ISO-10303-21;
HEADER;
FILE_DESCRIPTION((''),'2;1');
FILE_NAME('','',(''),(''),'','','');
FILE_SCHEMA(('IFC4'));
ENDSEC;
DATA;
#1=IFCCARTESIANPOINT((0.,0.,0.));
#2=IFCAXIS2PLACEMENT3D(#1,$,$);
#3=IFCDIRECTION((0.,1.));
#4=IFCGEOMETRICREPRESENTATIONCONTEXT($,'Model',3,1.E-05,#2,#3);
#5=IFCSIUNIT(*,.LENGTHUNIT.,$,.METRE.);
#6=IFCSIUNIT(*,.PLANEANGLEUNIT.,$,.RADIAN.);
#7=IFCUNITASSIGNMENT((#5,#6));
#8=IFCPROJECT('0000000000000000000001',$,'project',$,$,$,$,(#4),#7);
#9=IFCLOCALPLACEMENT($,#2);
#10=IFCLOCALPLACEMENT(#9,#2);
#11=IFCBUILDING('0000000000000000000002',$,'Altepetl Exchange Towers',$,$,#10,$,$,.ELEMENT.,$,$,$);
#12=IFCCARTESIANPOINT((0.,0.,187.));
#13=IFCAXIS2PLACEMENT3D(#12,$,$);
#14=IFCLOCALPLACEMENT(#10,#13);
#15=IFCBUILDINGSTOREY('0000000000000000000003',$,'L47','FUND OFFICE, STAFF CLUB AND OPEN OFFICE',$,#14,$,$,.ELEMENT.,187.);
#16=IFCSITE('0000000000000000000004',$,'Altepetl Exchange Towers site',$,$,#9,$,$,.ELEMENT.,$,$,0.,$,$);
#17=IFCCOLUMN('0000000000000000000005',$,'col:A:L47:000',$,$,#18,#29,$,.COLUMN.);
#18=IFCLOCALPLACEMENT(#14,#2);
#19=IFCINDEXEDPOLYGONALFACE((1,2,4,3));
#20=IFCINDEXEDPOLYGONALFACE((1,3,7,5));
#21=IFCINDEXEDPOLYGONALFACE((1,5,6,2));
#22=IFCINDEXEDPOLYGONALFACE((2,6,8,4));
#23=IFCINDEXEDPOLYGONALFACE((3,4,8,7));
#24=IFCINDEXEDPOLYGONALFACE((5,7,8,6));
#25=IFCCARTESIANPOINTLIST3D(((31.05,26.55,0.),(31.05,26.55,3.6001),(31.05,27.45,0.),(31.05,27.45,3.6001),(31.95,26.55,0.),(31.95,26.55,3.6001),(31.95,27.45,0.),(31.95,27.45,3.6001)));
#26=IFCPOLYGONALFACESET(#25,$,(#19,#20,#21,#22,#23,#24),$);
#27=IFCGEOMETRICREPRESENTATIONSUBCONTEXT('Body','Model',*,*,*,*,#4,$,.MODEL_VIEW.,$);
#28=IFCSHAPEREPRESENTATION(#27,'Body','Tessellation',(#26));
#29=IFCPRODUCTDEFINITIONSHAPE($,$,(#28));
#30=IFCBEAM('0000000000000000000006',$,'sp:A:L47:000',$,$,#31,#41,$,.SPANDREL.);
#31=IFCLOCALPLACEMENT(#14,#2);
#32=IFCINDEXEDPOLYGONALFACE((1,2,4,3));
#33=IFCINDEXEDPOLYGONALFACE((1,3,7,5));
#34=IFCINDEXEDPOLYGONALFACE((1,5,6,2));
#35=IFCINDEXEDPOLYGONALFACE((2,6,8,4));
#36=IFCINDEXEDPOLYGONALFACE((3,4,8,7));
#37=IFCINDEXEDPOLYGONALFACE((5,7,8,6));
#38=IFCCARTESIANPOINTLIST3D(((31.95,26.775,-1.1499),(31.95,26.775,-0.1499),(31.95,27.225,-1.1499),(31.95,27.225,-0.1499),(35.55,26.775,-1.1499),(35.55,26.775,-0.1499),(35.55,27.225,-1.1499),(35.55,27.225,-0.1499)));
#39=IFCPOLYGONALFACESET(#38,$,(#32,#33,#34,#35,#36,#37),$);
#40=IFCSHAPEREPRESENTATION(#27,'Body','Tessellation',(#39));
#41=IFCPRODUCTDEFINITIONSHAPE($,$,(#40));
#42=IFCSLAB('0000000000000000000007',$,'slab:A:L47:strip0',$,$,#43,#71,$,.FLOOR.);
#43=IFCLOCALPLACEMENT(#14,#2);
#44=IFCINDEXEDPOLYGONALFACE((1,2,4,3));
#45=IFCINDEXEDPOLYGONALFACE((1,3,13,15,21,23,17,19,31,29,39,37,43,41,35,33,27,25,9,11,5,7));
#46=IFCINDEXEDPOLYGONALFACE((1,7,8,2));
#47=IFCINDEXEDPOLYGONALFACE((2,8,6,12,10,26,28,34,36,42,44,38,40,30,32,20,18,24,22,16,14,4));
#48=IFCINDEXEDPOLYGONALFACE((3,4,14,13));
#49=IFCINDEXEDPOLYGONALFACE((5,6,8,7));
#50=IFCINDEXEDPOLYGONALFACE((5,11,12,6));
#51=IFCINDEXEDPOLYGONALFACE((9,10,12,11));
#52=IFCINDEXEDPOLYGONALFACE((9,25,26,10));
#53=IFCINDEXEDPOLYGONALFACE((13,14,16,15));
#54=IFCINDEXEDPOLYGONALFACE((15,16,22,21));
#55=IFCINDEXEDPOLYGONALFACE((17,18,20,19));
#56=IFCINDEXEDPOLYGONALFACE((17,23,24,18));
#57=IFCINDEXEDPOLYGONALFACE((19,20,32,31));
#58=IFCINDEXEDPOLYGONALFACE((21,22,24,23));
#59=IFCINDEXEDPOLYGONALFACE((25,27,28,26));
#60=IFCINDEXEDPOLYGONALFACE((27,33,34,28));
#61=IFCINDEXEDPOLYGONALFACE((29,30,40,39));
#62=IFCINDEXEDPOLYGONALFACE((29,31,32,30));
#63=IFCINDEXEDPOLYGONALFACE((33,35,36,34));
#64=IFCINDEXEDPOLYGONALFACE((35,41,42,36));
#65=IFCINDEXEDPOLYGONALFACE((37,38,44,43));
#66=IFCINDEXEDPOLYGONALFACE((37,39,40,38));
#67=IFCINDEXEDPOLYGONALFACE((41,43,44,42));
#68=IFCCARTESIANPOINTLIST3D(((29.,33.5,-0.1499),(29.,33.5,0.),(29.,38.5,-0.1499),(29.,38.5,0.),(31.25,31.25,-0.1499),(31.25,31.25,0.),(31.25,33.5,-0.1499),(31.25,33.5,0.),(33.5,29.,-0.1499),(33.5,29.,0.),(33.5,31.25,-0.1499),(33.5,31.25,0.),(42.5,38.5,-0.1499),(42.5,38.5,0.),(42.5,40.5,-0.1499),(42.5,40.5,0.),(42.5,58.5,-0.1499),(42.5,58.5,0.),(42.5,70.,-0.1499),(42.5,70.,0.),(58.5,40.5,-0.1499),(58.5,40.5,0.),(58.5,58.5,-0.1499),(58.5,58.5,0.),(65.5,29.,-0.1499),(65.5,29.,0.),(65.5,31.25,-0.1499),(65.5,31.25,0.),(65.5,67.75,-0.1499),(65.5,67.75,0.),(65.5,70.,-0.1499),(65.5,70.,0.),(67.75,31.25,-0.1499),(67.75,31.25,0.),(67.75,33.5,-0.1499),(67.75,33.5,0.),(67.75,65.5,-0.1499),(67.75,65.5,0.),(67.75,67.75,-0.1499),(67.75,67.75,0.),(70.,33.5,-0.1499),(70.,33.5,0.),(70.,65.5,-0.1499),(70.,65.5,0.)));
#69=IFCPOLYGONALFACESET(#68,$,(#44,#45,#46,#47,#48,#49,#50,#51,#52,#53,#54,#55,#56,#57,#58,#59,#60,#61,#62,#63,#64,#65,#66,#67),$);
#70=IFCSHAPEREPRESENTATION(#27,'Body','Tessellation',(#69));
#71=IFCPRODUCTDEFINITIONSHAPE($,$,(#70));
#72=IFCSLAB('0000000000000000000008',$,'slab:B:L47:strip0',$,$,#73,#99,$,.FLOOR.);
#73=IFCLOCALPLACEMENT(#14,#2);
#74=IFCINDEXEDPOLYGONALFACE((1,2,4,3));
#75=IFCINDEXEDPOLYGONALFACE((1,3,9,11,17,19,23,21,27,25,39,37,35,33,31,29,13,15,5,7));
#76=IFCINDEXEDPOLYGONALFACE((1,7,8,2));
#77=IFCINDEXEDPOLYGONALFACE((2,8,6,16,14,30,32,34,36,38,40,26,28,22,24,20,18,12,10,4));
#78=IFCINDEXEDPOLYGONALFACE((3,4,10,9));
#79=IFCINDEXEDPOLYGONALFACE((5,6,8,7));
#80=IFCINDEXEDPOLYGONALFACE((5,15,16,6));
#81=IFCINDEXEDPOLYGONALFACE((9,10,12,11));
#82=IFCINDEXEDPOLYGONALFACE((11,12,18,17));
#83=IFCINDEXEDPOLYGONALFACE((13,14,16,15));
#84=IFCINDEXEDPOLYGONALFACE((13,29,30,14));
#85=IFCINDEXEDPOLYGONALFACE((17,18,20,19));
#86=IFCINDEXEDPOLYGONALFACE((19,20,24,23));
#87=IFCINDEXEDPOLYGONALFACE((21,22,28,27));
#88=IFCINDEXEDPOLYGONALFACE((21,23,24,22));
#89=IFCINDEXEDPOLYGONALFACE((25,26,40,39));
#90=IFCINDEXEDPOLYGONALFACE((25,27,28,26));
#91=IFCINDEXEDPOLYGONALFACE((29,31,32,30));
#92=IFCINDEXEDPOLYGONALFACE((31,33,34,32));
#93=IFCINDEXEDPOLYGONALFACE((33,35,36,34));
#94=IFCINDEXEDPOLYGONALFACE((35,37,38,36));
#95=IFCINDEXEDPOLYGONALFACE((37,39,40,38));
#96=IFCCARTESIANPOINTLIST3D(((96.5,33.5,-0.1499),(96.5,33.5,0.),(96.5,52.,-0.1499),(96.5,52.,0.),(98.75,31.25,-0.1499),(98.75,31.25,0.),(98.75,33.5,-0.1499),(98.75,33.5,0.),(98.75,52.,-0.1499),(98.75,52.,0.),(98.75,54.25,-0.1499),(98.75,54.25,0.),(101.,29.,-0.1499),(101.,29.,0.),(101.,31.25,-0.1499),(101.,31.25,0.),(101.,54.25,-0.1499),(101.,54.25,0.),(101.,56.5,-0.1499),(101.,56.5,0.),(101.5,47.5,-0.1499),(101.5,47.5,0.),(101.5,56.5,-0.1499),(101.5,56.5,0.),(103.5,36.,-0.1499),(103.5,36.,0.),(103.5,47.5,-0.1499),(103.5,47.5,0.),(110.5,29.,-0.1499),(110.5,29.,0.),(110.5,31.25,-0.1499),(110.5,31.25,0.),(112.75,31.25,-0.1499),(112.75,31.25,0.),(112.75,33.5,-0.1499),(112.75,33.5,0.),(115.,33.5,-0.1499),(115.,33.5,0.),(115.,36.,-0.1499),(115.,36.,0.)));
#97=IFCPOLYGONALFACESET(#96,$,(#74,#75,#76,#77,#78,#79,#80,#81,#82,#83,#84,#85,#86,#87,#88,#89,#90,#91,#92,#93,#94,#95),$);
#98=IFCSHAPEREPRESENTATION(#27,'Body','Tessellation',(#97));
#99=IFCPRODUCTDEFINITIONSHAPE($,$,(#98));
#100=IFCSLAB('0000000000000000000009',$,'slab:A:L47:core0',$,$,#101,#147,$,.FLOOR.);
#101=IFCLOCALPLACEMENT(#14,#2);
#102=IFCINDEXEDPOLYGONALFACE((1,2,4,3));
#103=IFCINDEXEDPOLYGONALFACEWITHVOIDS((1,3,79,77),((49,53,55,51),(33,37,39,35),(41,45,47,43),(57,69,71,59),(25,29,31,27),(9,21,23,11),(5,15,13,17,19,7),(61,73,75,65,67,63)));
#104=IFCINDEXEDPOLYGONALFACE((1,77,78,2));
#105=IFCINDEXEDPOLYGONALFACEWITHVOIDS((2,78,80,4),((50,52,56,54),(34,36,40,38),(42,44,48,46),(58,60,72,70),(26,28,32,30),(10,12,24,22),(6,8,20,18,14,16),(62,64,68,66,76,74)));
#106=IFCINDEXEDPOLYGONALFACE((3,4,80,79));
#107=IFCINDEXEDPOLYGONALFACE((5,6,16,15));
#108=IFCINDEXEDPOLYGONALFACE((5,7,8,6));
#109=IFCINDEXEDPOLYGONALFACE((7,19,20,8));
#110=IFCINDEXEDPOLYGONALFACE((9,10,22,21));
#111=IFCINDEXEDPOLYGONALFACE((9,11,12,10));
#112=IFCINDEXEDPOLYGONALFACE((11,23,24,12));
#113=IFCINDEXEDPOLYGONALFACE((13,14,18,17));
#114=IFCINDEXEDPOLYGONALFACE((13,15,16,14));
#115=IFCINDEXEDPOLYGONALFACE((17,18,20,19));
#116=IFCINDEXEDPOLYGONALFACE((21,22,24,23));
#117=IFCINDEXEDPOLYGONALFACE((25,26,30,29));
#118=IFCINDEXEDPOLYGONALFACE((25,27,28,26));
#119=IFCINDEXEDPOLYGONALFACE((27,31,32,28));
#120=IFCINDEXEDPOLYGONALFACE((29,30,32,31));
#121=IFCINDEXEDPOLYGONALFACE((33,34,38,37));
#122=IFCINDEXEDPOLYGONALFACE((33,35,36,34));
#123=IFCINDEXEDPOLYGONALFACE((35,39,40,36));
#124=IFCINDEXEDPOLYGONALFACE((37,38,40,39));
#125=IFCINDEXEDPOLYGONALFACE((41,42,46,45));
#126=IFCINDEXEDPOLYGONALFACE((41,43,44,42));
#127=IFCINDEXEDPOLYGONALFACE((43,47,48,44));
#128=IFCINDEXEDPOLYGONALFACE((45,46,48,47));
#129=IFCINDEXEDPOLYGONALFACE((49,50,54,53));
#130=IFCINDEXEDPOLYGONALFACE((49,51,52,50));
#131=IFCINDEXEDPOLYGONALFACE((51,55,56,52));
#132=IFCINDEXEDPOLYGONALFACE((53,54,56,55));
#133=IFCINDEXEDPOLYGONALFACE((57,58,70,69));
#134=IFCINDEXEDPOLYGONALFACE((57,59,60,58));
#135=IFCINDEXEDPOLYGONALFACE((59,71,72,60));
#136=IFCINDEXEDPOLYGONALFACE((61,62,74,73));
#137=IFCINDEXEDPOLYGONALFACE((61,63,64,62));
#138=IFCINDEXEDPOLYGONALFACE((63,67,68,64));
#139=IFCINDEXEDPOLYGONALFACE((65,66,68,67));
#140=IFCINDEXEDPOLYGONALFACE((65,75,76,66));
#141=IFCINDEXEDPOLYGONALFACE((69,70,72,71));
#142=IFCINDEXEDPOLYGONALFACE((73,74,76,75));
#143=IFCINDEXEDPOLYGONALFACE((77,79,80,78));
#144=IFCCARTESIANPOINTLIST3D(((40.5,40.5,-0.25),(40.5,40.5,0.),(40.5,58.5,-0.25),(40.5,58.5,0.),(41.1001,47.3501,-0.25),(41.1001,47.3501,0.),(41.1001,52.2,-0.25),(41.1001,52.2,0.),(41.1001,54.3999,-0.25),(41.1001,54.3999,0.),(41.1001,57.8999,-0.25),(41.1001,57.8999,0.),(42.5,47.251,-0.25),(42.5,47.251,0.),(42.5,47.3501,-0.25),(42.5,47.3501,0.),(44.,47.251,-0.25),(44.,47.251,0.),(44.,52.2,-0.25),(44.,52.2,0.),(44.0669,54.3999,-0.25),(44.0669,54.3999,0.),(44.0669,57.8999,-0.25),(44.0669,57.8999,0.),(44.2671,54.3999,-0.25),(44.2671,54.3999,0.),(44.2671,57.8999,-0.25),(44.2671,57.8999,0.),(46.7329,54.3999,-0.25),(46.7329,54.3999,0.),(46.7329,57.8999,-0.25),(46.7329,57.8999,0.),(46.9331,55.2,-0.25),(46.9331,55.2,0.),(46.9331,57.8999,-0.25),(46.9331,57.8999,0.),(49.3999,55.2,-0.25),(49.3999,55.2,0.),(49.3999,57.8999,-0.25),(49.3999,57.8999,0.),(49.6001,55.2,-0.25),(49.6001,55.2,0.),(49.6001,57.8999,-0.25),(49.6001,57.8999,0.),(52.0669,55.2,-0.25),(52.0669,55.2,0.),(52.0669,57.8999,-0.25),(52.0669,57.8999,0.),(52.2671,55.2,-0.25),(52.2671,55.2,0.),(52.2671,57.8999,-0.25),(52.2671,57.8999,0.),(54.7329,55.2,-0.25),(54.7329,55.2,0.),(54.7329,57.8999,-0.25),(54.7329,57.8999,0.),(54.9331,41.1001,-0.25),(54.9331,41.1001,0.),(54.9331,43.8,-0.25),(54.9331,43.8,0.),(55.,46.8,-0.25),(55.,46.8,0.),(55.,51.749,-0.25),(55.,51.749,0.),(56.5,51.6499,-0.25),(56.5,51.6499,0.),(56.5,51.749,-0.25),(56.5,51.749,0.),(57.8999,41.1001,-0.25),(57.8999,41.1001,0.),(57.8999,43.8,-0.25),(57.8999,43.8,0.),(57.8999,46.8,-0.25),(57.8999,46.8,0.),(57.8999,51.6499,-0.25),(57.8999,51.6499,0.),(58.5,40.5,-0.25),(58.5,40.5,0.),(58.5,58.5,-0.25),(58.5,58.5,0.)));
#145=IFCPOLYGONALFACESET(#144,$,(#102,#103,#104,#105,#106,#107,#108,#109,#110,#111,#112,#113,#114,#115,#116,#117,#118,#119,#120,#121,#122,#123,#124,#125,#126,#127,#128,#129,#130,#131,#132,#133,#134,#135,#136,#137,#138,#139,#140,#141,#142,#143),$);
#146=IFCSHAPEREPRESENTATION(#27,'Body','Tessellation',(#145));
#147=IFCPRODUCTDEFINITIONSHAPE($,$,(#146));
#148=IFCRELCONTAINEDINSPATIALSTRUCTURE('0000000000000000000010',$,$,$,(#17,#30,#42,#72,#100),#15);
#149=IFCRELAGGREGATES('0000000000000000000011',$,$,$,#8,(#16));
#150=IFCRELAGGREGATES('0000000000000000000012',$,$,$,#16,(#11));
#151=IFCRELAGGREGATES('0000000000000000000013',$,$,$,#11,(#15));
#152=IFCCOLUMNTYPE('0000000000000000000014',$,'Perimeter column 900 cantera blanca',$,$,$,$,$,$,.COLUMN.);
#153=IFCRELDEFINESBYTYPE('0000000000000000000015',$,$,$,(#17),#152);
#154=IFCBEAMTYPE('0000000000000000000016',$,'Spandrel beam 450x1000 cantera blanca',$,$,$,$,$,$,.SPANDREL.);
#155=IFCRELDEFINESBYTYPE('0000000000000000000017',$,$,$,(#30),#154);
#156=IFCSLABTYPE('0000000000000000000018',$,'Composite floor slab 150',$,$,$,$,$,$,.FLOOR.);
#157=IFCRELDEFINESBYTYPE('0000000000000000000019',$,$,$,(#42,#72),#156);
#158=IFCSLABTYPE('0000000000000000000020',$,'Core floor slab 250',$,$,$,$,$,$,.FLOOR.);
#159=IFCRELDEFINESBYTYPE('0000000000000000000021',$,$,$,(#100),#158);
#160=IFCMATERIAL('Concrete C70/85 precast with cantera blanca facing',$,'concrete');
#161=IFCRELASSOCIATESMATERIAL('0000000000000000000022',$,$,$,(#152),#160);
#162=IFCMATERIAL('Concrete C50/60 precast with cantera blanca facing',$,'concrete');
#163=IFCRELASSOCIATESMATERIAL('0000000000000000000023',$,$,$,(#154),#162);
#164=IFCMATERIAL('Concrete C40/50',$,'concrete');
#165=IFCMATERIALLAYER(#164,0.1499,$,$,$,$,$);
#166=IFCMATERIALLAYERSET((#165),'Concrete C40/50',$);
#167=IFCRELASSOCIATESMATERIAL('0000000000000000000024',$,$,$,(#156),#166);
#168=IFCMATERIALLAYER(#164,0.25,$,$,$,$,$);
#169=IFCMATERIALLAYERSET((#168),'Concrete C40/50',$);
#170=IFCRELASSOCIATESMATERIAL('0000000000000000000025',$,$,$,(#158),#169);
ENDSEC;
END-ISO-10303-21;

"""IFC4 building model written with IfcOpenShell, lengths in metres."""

from ifc_helpers import new_model, si_unit, direction, frame, origin, origin_2d, place, context, subcontext, project, spatial, polyline, rectangle, outline, extrude, material, layer, layer_set, material_profile, profile_set, type_object, element, save


model = new_model("IFC4")

# Units and contexts
model_context = context("Model", 3, precision=1e-05, world=origin(), true_north=direction((0.0, 1.0)))
body_context = subcontext(model_context, "Body", "Model", "MODEL_VIEW")
ifc_project = project(units=[si_unit("LENGTHUNIT", "METRE"), si_unit("PLANEANGLEUNIT", "RADIAN")], contexts=[model_context])

# Site, building, storey
site_placement = place(None, origin())
site = spatial("IfcSite", under=ifc_project, at=site_placement, Name="Altepetl Exchange Towers site", CompositionType="ELEMENT", RefElevation=0.0)
building_placement = place(site_placement, origin())
building = spatial("IfcBuilding", under=site, at=building_placement, Name="Altepetl Exchange Towers", CompositionType="ELEMENT")
storey_placement = place(building_placement, frame((0.0, 0.0, 187.0)))
storey = spatial("IfcBuildingStorey", under=building, at=storey_placement, Name="L47", Description="FUND OFFICE, STAFF CLUB AND OPEN OFFICE", CompositionType="ELEMENT", Elevation=187.0)

# Column
ifc_material_1 = material(Name="Concrete C70/85 precast with cantera blanca facing", Category="concrete")
ifc_material_profile_1 = material_profile(ifc_material_1, rectangle(XDim=0.8999, YDim=0.8999, at=origin_2d()), Name="900 x 900")
ifc_profile_set_1 = profile_set([ifc_material_profile_1], Name="Concrete C70/85 precast with cantera blanca facing")
column_type = type_object("IfcColumnType", Name="Perimeter column 900 cantera blanca", PredefinedType="COLUMN", material=ifc_profile_set_1)
column_placement = place(storey_placement, frame((31.5, 27.0, 0.0)))
element("IfcColumn", 1, at=column_placement, inside=storey, type_object=column_type, Name="col:A:L47:000", PredefinedType="COLUMN", context=body_context, shape_type="SweptSolid", body=[
    extrude(rectangle(XDim=0.8999, YDim=0.8999, at=origin_2d()), origin(), (0.0, 0.0, 1.0), 3.6001),
])

# Beam
ifc_material_2 = material(Name="Concrete C50/60 precast with cantera blanca facing", Category="concrete")
ifc_material_profile_2 = material_profile(ifc_material_2, rectangle(XDim=0.45, YDim=1.0, at=origin_2d()), Name="450 x 1000")
ifc_profile_set_2 = profile_set([ifc_material_profile_2], Name="Concrete C50/60 precast with cantera blanca facing")
beam_type = type_object("IfcBeamType", Name="Spandrel beam 450x1000 cantera blanca", PredefinedType="SPANDREL", material=ifc_profile_set_2)
beam_placement = place(storey_placement, frame((31.95, 27.0, -0.6499), z_axis=(1.0, 0.0, 0.0), x_axis=(0.0, 1.0, 0.0)))
element("IfcBeam", 2, at=beam_placement, inside=storey, type_object=beam_type, Name="sp:A:L47:000", PredefinedType="SPANDREL", context=body_context, shape_type="SweptSolid", body=[
    extrude(rectangle(XDim=0.45, YDim=1.0, at=origin_2d()), origin(), (0.0, 0.0, 1.0), 3.6001),
])

# Slabs
ifc_material_3 = material(Name="Concrete C40/50", Category="concrete")
ifc_layer_1 = layer(ifc_material_3, 0.1499)
ifc_layer_set_1 = layer_set([ifc_layer_1], Name="Concrete C40/50")
slab_type_1 = type_object("IfcSlabType", Name="Composite floor slab 150", PredefinedType="FLOOR", material=ifc_layer_set_1)
slab_1_placement = place(storey_placement, frame((0.0, 0.0, -0.1499)))
element("IfcSlab", 3, at=slab_1_placement, inside=storey, type_object=slab_type_1, Name="slab:A:L47:strip0", PredefinedType="FLOOR", context=body_context, shape_type="SweptSolid", body=[
    extrude(outline(polyline([(42.5, 70.0), (42.5, 58.5), (58.5, 58.5), (58.5, 40.5), (42.5, 40.5), (42.5, 38.5), (29.0, 38.5), (29.0, 33.5), (31.25, 33.5), (31.25, 31.25), (33.5, 31.25), (33.5, 29.0), (65.5, 29.0), (65.5, 31.25), (67.75, 31.25), (67.75, 33.5), (70.0, 33.5), (70.0, 65.5), (67.75, 65.5), (67.75, 67.75), (65.5, 67.75), (65.5, 70.0), (42.5, 70.0)])), origin(), (0.0, 0.0, 1.0), 0.1499),
])
slab_2_placement = place(storey_placement, frame((0.0, 0.0, -0.1499)))
element("IfcSlab", 4, at=slab_2_placement, inside=storey, type_object=slab_type_1, Name="slab:B:L47:strip0", PredefinedType="FLOOR", context=body_context, shape_type="SweptSolid", body=[
    extrude(outline(polyline([(98.75, 31.25), (101.0, 31.25), (101.0, 29.0), (110.5, 29.0), (110.5, 31.25), (112.75, 31.25), (112.75, 33.5), (115.0, 33.5), (115.0, 36.0), (103.5, 36.0), (103.5, 47.5), (101.5, 47.5), (101.5, 56.5), (101.0, 56.5), (101.0, 54.25), (98.75, 54.25), (98.75, 52.0), (96.5, 52.0), (96.5, 33.5), (98.75, 33.5), (98.75, 31.25)])), origin(), (0.0, 0.0, 1.0), 0.1499),
])
ifc_layer_2 = layer(ifc_material_3, 0.25)
ifc_layer_set_2 = layer_set([ifc_layer_2], Name="Concrete C40/50")
slab_type_2 = type_object("IfcSlabType", Name="Core floor slab 250", PredefinedType="FLOOR", material=ifc_layer_set_2)
slab_3_placement = place(storey_placement, frame((0.0, 0.0, -0.25)))
element("IfcSlab", 5, at=slab_3_placement, inside=storey, type_object=slab_type_2, Name="slab:A:L47:core0", PredefinedType="FLOOR", context=body_context, shape_type="SweptSolid", body=[
    extrude(outline(polyline([(40.5, 40.5), (58.5, 40.5), (58.5, 58.5), (40.5, 58.5), (40.5, 40.5)]), holes=[polyline([(54.9331, 43.8), (57.8999, 43.8), (57.8999, 41.1001), (54.9331, 41.1001), (54.9331, 43.8)]), polyline([(55.0, 51.749), (56.5, 51.749), (56.5, 51.6499), (57.8999, 51.6499), (57.8999, 46.8), (55.0, 46.8), (55.0, 51.749)]), polyline([(44.0, 47.251), (42.5, 47.251), (42.5, 47.3501), (41.1001, 47.3501), (41.1001, 52.2), (44.0, 52.2), (44.0, 47.251)]), polyline([(41.1001, 57.8999), (44.0669, 57.8999), (44.0669, 54.3999), (41.1001, 54.3999), (41.1001, 57.8999)]), polyline([(44.2671, 57.8999), (46.7329, 57.8999), (46.7329, 54.3999), (44.2671, 54.3999), (44.2671, 57.8999)]), polyline([(46.9331, 57.8999), (49.3999, 57.8999), (49.3999, 55.2), (46.9331, 55.2), (46.9331, 57.8999)]), polyline([(49.6001, 57.8999), (52.0669, 57.8999), (52.0669, 55.2), (49.6001, 55.2), (49.6001, 57.8999)]), polyline([(52.2671, 57.8999), (54.7329, 57.8999), (54.7329, 55.2), (52.2671, 55.2), (52.2671, 57.8999)])]), origin(), (0.0, 0.0, 1.0), 0.25),
])

save(model, "model.ifc")
